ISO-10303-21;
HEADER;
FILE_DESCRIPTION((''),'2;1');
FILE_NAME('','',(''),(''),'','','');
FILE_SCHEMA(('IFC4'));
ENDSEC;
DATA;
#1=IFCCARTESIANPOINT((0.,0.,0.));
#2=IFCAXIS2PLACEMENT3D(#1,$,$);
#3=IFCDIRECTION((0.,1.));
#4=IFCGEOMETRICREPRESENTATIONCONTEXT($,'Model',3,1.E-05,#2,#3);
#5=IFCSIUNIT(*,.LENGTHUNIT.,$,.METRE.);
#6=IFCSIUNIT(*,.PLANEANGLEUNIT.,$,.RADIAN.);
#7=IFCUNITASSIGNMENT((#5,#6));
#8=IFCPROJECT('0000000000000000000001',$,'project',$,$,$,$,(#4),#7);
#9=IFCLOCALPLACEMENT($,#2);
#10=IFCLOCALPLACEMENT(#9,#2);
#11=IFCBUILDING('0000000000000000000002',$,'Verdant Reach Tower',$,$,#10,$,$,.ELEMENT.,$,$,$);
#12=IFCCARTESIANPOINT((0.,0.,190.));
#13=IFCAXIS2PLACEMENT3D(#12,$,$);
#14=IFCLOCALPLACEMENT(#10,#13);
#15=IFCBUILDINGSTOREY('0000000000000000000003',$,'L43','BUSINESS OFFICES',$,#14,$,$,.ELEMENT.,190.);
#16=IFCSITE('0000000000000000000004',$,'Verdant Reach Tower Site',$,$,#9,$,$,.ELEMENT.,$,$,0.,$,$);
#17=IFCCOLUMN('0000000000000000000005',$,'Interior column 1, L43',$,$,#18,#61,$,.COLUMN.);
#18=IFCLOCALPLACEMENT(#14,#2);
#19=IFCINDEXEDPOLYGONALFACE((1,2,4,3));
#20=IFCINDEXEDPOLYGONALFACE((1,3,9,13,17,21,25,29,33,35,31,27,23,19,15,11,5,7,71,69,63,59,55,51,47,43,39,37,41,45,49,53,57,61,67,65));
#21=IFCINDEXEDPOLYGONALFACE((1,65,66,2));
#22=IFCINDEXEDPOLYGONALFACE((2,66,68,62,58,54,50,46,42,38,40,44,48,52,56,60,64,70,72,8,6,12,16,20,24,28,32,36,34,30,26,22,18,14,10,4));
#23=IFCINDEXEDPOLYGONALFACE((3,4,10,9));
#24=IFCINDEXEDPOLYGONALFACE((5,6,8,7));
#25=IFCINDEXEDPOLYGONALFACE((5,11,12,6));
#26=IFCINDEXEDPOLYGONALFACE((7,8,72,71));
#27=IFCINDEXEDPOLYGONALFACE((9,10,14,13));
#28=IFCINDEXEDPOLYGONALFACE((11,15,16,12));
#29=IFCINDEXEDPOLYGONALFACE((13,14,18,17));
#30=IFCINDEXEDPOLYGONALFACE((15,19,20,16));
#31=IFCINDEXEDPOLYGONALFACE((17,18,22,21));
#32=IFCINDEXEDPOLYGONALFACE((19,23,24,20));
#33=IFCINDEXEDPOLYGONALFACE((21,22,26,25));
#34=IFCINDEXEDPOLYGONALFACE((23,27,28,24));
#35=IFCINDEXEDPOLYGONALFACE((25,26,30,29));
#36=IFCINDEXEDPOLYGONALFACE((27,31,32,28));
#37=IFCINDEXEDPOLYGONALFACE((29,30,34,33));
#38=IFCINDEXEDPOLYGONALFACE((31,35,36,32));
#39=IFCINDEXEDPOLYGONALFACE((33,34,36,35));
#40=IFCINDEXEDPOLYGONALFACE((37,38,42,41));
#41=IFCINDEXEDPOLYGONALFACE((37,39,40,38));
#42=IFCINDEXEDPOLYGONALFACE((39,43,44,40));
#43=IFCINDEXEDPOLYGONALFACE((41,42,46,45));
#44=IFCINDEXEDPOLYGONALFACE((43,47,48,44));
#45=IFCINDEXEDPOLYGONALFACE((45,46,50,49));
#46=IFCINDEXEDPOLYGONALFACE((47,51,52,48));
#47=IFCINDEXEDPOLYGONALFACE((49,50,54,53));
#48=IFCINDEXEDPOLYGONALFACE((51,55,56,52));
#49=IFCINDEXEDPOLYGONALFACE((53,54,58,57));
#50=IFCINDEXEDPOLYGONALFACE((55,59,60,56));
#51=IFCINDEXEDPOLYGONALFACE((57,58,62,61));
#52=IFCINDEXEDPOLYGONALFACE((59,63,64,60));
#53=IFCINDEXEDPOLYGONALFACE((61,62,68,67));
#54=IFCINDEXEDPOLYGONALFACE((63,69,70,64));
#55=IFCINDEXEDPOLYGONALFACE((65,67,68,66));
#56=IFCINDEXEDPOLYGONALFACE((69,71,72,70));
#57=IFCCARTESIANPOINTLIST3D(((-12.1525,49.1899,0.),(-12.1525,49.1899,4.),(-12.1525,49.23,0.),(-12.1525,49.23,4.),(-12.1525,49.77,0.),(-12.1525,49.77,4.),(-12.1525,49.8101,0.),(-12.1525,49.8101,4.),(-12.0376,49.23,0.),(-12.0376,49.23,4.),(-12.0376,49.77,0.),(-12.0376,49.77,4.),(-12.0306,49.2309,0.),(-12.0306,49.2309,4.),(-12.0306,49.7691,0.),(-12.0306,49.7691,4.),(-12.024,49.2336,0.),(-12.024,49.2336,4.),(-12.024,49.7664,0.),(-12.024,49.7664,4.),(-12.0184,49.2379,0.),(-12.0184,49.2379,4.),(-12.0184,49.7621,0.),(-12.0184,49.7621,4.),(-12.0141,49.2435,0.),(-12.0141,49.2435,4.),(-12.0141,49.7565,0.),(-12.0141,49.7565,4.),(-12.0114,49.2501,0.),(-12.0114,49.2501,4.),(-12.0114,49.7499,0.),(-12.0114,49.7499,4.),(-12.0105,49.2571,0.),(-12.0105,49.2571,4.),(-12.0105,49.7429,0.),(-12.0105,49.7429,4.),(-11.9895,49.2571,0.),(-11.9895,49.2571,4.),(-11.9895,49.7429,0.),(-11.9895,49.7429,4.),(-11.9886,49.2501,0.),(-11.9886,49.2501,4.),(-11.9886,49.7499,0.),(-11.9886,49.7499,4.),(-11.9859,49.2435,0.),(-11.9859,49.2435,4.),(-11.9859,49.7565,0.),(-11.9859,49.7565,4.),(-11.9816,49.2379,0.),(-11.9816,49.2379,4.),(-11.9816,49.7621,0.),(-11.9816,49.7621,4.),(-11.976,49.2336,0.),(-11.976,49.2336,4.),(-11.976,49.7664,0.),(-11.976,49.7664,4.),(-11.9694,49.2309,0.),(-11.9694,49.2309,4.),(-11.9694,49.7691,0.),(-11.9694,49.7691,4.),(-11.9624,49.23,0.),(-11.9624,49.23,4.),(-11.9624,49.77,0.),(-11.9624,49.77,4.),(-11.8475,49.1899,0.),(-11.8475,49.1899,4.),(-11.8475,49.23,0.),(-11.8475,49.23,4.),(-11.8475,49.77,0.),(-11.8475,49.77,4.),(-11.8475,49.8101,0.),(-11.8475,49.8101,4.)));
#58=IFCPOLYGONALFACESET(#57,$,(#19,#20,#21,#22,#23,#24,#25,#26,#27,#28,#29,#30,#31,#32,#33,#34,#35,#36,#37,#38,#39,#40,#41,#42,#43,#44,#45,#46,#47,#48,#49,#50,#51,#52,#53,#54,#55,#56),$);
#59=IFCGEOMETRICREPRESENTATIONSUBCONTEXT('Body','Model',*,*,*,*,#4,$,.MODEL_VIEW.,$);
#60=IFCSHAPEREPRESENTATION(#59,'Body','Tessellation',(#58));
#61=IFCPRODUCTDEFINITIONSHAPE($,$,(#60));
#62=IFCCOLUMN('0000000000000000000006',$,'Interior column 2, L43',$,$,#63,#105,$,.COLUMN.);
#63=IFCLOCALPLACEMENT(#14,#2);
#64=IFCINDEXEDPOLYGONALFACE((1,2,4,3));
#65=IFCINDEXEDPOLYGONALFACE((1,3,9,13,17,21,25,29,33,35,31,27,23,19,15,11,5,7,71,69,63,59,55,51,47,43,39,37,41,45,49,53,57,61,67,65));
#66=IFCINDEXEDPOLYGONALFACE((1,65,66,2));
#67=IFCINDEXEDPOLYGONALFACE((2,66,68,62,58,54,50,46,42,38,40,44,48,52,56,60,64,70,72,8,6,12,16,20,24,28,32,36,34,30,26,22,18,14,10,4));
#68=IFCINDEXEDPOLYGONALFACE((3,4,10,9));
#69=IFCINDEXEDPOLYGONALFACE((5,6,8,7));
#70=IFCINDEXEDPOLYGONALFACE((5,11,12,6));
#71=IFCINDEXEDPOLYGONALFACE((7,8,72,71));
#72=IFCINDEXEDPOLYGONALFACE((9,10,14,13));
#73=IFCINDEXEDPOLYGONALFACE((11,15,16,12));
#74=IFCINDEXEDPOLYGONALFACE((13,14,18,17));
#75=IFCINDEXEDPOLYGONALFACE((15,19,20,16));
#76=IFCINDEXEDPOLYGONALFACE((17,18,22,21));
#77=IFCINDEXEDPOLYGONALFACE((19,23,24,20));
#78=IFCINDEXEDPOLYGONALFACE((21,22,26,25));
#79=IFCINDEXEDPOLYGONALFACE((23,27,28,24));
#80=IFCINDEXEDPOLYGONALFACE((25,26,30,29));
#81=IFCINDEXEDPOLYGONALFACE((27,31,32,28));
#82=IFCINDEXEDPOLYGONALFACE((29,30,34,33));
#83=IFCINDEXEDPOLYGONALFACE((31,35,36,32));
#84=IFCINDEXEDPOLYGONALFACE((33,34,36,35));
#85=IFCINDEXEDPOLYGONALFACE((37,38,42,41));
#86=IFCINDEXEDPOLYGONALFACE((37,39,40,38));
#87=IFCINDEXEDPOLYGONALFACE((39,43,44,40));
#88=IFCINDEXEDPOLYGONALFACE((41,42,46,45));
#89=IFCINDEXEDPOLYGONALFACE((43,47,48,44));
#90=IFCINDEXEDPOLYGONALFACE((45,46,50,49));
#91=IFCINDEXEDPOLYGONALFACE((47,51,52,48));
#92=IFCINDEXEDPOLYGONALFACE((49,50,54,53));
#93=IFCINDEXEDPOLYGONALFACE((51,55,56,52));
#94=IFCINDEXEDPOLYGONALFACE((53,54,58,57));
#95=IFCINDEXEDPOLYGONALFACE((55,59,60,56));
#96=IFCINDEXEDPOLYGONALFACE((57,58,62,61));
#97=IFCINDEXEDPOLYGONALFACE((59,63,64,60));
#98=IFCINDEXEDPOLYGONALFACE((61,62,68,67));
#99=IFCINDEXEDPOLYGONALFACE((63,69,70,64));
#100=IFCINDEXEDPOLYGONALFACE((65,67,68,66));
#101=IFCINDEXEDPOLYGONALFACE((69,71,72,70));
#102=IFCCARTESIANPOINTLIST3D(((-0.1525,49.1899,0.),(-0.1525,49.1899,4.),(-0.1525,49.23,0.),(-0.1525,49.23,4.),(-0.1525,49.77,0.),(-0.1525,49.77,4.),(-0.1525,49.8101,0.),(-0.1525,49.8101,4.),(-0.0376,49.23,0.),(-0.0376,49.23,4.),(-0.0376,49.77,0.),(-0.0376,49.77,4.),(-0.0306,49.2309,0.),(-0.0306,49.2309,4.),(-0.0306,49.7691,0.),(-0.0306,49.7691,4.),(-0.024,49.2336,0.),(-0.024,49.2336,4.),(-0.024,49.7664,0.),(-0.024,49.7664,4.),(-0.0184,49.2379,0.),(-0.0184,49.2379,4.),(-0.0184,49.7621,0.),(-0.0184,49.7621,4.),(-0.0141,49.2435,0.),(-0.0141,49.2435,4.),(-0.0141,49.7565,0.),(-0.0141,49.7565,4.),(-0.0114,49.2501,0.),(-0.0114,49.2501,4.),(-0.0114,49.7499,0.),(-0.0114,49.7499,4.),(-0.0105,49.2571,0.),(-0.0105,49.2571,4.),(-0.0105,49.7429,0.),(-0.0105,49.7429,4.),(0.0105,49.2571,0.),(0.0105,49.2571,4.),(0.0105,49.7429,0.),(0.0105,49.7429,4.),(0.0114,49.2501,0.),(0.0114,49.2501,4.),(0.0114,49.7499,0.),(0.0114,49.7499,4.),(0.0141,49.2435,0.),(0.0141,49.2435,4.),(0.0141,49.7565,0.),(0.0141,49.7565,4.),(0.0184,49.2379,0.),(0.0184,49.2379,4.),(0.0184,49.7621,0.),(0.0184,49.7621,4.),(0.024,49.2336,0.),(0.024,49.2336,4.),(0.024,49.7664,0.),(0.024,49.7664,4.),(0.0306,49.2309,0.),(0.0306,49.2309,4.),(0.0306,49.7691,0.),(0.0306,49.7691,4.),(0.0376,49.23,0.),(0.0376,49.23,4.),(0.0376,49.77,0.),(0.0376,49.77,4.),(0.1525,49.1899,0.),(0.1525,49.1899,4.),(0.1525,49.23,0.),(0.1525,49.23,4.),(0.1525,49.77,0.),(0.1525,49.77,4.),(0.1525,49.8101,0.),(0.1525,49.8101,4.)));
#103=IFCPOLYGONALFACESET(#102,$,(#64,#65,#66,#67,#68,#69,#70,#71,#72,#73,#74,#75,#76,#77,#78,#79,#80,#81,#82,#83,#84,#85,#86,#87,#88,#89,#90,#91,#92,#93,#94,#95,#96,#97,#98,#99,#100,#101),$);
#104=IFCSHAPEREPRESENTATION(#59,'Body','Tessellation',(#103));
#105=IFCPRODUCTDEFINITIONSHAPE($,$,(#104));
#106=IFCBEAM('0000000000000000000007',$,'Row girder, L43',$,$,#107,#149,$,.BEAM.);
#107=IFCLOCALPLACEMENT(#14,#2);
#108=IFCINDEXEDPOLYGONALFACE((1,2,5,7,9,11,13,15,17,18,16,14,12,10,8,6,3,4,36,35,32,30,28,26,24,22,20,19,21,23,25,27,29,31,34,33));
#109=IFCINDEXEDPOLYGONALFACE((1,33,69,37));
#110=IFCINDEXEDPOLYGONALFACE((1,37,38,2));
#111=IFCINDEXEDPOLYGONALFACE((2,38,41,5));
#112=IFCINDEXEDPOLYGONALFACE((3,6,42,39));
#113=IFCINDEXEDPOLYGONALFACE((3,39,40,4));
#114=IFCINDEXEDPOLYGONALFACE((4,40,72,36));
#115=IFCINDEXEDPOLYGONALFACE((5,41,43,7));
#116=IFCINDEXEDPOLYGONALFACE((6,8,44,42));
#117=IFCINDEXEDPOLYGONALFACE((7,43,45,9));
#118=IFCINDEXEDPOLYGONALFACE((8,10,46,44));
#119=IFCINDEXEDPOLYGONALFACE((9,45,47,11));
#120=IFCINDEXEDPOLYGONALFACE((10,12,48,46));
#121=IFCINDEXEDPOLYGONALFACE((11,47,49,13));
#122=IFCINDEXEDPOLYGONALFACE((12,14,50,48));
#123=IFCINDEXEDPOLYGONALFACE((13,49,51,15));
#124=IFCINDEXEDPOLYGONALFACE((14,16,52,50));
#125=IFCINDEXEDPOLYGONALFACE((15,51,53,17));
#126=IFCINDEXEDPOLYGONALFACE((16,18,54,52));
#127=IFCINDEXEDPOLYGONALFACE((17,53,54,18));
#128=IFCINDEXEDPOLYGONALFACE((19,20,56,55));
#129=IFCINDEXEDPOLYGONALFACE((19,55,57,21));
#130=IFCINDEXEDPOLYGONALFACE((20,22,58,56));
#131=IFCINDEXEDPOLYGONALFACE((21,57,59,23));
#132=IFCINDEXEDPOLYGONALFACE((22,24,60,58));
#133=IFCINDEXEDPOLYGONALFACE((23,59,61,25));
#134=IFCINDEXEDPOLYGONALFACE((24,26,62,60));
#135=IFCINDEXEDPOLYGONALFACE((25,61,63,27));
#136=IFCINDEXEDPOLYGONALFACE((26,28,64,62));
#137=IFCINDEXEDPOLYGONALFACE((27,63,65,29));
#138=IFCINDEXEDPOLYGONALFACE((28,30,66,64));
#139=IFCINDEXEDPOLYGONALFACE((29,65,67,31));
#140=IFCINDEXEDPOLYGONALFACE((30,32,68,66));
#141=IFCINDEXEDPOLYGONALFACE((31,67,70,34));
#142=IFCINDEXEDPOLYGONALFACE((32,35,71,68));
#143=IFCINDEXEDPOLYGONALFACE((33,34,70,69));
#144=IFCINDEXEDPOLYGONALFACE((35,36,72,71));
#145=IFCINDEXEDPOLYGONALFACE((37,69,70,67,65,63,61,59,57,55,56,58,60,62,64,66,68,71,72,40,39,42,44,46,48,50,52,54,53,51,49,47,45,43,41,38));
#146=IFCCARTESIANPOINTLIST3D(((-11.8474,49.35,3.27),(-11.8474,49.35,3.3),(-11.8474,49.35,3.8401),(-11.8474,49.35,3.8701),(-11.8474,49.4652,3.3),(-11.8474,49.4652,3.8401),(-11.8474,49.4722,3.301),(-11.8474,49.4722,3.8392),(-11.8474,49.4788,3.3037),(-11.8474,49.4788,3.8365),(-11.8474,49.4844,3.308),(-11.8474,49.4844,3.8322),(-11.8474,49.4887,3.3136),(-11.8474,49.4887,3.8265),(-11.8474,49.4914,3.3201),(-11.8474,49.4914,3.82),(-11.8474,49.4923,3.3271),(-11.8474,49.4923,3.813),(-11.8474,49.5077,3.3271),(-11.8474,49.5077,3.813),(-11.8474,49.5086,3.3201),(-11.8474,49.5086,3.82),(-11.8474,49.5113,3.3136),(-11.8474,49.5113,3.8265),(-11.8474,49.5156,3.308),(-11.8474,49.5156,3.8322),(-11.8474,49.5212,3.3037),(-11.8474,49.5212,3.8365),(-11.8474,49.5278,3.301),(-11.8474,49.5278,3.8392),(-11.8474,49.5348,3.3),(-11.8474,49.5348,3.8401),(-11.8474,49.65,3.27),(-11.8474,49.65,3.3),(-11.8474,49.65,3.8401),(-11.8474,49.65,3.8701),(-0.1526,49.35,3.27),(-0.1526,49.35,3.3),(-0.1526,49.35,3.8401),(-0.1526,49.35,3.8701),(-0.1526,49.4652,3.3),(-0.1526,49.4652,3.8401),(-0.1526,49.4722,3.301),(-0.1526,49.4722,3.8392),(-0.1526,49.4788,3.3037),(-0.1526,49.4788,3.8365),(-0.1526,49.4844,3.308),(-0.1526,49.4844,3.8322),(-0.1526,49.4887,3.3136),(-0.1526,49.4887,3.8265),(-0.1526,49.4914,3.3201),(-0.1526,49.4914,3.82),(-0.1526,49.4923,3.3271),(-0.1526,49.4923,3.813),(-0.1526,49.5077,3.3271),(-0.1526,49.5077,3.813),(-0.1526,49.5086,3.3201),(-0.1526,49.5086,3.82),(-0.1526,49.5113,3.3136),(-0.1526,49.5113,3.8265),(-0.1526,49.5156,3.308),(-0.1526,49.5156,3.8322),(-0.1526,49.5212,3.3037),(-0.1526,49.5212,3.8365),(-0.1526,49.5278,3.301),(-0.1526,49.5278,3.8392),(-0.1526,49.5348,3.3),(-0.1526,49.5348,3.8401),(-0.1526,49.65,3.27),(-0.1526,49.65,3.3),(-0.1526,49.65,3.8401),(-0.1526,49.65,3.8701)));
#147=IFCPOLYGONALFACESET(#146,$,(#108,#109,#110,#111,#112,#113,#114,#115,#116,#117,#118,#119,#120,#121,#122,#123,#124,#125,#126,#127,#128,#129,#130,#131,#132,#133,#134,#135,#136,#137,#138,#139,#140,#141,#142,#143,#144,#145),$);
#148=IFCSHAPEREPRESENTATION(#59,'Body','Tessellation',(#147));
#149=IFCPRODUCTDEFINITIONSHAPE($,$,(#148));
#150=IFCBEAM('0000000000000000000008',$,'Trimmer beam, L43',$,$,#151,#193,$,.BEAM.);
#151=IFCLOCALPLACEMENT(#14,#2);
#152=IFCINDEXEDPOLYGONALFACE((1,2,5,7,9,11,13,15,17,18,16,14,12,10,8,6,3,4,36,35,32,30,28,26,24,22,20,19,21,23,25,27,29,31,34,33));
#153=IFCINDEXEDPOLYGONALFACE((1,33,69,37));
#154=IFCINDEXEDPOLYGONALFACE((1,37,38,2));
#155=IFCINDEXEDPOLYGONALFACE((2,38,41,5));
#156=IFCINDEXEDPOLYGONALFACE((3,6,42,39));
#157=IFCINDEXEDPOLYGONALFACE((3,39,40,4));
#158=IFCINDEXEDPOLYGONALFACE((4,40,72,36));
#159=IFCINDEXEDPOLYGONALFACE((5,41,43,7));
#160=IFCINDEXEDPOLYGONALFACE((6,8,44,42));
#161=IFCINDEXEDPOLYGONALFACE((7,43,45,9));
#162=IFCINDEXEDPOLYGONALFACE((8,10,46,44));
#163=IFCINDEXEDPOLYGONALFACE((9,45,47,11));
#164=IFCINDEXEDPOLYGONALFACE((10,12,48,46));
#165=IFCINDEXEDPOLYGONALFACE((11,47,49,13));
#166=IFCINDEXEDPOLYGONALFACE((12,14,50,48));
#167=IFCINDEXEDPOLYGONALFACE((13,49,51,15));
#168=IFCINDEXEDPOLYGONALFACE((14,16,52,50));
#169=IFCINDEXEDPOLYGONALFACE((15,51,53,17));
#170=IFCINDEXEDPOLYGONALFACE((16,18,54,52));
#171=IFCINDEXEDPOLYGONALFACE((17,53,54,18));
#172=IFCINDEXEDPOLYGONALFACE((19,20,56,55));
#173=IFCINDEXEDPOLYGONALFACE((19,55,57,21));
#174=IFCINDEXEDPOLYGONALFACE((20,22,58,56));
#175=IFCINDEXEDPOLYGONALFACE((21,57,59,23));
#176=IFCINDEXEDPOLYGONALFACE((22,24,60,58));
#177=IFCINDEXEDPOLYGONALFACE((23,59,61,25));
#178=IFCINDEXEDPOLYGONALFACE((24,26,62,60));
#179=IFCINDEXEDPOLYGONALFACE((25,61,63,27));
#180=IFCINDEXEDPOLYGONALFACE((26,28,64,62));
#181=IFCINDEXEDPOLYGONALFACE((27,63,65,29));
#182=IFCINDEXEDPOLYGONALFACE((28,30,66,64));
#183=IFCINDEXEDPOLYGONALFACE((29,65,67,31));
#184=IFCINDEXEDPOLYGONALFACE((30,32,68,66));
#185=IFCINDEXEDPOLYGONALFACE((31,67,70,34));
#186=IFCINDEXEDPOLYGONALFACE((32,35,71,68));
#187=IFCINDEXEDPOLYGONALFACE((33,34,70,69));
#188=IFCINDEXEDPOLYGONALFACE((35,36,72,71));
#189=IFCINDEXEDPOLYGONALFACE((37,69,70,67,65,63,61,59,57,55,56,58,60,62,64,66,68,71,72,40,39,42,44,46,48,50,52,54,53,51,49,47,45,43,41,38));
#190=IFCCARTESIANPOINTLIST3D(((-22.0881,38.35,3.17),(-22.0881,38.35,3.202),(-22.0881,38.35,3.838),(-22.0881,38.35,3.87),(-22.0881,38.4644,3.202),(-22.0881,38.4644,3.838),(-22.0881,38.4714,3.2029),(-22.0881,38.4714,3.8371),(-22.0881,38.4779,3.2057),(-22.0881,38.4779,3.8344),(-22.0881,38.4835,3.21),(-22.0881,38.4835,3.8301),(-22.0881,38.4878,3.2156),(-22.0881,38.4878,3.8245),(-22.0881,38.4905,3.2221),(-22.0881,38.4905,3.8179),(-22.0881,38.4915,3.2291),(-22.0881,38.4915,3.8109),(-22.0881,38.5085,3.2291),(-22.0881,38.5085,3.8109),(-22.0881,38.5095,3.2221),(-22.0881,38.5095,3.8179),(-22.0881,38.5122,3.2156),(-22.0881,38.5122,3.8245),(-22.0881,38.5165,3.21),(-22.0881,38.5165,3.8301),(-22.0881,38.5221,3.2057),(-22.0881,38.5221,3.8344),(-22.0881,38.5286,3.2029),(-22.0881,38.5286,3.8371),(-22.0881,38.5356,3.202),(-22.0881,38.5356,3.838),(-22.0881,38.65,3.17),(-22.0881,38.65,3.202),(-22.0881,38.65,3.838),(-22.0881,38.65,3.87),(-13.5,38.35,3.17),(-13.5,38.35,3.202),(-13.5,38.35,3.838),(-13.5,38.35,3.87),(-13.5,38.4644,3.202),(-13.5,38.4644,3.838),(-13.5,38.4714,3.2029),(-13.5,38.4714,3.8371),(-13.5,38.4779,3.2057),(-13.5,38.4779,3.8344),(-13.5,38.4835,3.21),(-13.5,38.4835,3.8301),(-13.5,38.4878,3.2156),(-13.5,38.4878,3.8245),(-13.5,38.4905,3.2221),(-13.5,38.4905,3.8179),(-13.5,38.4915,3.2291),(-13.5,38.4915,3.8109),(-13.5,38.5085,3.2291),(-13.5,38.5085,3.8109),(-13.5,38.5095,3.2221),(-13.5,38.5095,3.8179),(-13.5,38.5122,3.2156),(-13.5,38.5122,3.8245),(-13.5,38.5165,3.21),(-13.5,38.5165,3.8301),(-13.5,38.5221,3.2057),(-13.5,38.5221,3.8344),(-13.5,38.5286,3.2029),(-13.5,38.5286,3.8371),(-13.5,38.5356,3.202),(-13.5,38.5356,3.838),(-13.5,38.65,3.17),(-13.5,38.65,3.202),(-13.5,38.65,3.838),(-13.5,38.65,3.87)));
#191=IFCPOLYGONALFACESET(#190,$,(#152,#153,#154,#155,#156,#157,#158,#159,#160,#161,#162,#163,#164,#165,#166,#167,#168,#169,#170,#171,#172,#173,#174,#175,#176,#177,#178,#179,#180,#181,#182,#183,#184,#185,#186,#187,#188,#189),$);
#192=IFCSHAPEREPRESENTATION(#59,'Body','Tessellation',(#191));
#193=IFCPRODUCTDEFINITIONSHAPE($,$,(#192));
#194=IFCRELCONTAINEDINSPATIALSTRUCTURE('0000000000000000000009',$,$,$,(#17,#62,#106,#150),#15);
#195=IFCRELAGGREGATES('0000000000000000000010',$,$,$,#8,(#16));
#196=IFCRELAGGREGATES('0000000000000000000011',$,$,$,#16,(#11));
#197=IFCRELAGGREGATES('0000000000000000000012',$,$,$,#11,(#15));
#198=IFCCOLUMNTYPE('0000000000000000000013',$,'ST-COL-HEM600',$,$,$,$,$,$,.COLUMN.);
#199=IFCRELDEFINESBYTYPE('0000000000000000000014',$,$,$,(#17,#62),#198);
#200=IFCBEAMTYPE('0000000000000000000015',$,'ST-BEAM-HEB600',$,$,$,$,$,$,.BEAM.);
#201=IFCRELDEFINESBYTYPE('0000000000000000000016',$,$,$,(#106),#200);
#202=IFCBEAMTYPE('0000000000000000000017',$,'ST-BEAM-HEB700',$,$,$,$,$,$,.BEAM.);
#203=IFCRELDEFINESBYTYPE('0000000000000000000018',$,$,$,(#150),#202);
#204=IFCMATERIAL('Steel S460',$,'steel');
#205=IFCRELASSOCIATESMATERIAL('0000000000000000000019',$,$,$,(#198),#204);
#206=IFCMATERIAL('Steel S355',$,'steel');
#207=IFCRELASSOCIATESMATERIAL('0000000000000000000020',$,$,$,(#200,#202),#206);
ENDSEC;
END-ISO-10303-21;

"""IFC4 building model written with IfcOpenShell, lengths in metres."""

from ifc_helpers import new_model, si_unit, direction, frame, origin, origin_2d, place, context, subcontext, project, spatial, i_section, extrude, material, material_profile, profile_set, type_object, element, save


model = new_model("IFC4")

# Units and contexts
model_context = context("Model", 3, precision=1e-05, world=origin(), true_north=direction((0.0, 1.0)))
body_context = subcontext(model_context, "Body", "Model", "MODEL_VIEW")
ifc_project = project(units=[si_unit("LENGTHUNIT", "METRE"), si_unit("PLANEANGLEUNIT", "RADIAN")], contexts=[model_context])

# Site, building, storey
site_placement = place(None, origin())
site = spatial("IfcSite", under=ifc_project, at=site_placement, Name="Verdant Reach Tower Site", CompositionType="ELEMENT", RefElevation=0.0)
building_placement = place(site_placement, origin())
building = spatial("IfcBuilding", under=site, at=building_placement, Name="Verdant Reach Tower", CompositionType="ELEMENT")
storey_placement = place(building_placement, frame((0.0, 0.0, 190.0)))
storey = spatial("IfcBuildingStorey", under=building, at=storey_placement, Name="L43", Description="BUSINESS OFFICES", CompositionType="ELEMENT", Elevation=190.0)

# Columns
ifc_material_1 = material(Name="Steel S460", Category="steel")
ifc_material_profile_1 = material_profile(ifc_material_1, i_section(OverallWidth=0.3049, OverallDepth=0.6201, WebThickness=0.021, FlangeThickness=0.04, FilletRadius=0.0271, at=origin_2d()), Name="HEM 600")
ifc_profile_set_1 = profile_set([ifc_material_profile_1], Name="Steel S460")
column_type = type_object("IfcColumnType", Name="ST-COL-HEM600", PredefinedType="COLUMN", material=ifc_profile_set_1)
for number, where, z_axis, x_axis, name in (
    (1, (-12.0, 49.5, 0.0), (0.0, 0.0, 1.0), (1.0, 0.0, 0.0), "Interior column 1, L43"),
    (2, (0.0, 49.5, 0.0), (0.0, 0.0, 1.0), (1.0, 0.0, 0.0), "Interior column 2, L43"),
):
    element("IfcColumn", number, at=place(storey_placement, frame(where, z_axis=z_axis, x_axis=x_axis)), inside=storey, type_object=column_type, Name=name, PredefinedType="COLUMN", context=body_context, shape_type="SweptSolid", body=[
        extrude(i_section(OverallWidth=0.3049, OverallDepth=0.6201, WebThickness=0.021, FlangeThickness=0.04, FilletRadius=0.0271, at=origin_2d()), origin(), (0.0, 0.0, 1.0), 4.0),
    ])

# Beams
ifc_material_2 = material(Name="Steel S355", Category="steel")
ifc_material_profile_2 = material_profile(ifc_material_2, i_section(OverallWidth=0.3, OverallDepth=0.6001, WebThickness=0.0154, FlangeThickness=0.03, FilletRadius=0.0271, at=origin_2d()), Name="HEB 600")
ifc_profile_set_2 = profile_set([ifc_material_profile_2], Name="Steel S355")
beam_type_1 = type_object("IfcBeamType", Name="ST-BEAM-HEB600", PredefinedType="BEAM", material=ifc_profile_set_2)
beam_1_placement = place(storey_placement, frame((-11.8474, 49.5, 3.5701), z_axis=(1.0, 0.0, 0.0), x_axis=(0.0, 1.0, 0.0)))
element("IfcBeam", 3, at=beam_1_placement, inside=storey, type_object=beam_type_1, Name="Row girder, L43", PredefinedType="BEAM", context=body_context, shape_type="SweptSolid", body=[
    extrude(i_section(OverallWidth=0.3, OverallDepth=0.6001, WebThickness=0.0154, FlangeThickness=0.03, FilletRadius=0.0271, at=origin_2d()), origin(), (0.0, 0.0, 1.0), 11.6948),
])
ifc_material_profile_3 = material_profile(ifc_material_2, i_section(OverallWidth=0.3, OverallDepth=0.7, WebThickness=0.0171, FlangeThickness=0.032, FilletRadius=0.0271, at=origin_2d()), Name="HEB 700")
ifc_profile_set_3 = profile_set([ifc_material_profile_3], Name="Steel S355")
beam_type_2 = type_object("IfcBeamType", Name="ST-BEAM-HEB700", PredefinedType="BEAM", material=ifc_profile_set_3)
beam_2_placement = place(storey_placement, frame((-13.5, 38.5, 3.52), z_axis=(-1.0, 0.0, 0.0), x_axis=(0.0, -1.0, 0.0)))
element("IfcBeam", 4, at=beam_2_placement, inside=storey, type_object=beam_type_2, Name="Trimmer beam, L43", PredefinedType="BEAM", context=body_context, shape_type="SweptSolid", body=[
    extrude(i_section(OverallWidth=0.3, OverallDepth=0.7, WebThickness=0.0171, FlangeThickness=0.032, FilletRadius=0.0271, at=origin_2d()), origin(), (0.0, 0.0, 1.0), 8.5881),
])

save(model, "model.ifc")
